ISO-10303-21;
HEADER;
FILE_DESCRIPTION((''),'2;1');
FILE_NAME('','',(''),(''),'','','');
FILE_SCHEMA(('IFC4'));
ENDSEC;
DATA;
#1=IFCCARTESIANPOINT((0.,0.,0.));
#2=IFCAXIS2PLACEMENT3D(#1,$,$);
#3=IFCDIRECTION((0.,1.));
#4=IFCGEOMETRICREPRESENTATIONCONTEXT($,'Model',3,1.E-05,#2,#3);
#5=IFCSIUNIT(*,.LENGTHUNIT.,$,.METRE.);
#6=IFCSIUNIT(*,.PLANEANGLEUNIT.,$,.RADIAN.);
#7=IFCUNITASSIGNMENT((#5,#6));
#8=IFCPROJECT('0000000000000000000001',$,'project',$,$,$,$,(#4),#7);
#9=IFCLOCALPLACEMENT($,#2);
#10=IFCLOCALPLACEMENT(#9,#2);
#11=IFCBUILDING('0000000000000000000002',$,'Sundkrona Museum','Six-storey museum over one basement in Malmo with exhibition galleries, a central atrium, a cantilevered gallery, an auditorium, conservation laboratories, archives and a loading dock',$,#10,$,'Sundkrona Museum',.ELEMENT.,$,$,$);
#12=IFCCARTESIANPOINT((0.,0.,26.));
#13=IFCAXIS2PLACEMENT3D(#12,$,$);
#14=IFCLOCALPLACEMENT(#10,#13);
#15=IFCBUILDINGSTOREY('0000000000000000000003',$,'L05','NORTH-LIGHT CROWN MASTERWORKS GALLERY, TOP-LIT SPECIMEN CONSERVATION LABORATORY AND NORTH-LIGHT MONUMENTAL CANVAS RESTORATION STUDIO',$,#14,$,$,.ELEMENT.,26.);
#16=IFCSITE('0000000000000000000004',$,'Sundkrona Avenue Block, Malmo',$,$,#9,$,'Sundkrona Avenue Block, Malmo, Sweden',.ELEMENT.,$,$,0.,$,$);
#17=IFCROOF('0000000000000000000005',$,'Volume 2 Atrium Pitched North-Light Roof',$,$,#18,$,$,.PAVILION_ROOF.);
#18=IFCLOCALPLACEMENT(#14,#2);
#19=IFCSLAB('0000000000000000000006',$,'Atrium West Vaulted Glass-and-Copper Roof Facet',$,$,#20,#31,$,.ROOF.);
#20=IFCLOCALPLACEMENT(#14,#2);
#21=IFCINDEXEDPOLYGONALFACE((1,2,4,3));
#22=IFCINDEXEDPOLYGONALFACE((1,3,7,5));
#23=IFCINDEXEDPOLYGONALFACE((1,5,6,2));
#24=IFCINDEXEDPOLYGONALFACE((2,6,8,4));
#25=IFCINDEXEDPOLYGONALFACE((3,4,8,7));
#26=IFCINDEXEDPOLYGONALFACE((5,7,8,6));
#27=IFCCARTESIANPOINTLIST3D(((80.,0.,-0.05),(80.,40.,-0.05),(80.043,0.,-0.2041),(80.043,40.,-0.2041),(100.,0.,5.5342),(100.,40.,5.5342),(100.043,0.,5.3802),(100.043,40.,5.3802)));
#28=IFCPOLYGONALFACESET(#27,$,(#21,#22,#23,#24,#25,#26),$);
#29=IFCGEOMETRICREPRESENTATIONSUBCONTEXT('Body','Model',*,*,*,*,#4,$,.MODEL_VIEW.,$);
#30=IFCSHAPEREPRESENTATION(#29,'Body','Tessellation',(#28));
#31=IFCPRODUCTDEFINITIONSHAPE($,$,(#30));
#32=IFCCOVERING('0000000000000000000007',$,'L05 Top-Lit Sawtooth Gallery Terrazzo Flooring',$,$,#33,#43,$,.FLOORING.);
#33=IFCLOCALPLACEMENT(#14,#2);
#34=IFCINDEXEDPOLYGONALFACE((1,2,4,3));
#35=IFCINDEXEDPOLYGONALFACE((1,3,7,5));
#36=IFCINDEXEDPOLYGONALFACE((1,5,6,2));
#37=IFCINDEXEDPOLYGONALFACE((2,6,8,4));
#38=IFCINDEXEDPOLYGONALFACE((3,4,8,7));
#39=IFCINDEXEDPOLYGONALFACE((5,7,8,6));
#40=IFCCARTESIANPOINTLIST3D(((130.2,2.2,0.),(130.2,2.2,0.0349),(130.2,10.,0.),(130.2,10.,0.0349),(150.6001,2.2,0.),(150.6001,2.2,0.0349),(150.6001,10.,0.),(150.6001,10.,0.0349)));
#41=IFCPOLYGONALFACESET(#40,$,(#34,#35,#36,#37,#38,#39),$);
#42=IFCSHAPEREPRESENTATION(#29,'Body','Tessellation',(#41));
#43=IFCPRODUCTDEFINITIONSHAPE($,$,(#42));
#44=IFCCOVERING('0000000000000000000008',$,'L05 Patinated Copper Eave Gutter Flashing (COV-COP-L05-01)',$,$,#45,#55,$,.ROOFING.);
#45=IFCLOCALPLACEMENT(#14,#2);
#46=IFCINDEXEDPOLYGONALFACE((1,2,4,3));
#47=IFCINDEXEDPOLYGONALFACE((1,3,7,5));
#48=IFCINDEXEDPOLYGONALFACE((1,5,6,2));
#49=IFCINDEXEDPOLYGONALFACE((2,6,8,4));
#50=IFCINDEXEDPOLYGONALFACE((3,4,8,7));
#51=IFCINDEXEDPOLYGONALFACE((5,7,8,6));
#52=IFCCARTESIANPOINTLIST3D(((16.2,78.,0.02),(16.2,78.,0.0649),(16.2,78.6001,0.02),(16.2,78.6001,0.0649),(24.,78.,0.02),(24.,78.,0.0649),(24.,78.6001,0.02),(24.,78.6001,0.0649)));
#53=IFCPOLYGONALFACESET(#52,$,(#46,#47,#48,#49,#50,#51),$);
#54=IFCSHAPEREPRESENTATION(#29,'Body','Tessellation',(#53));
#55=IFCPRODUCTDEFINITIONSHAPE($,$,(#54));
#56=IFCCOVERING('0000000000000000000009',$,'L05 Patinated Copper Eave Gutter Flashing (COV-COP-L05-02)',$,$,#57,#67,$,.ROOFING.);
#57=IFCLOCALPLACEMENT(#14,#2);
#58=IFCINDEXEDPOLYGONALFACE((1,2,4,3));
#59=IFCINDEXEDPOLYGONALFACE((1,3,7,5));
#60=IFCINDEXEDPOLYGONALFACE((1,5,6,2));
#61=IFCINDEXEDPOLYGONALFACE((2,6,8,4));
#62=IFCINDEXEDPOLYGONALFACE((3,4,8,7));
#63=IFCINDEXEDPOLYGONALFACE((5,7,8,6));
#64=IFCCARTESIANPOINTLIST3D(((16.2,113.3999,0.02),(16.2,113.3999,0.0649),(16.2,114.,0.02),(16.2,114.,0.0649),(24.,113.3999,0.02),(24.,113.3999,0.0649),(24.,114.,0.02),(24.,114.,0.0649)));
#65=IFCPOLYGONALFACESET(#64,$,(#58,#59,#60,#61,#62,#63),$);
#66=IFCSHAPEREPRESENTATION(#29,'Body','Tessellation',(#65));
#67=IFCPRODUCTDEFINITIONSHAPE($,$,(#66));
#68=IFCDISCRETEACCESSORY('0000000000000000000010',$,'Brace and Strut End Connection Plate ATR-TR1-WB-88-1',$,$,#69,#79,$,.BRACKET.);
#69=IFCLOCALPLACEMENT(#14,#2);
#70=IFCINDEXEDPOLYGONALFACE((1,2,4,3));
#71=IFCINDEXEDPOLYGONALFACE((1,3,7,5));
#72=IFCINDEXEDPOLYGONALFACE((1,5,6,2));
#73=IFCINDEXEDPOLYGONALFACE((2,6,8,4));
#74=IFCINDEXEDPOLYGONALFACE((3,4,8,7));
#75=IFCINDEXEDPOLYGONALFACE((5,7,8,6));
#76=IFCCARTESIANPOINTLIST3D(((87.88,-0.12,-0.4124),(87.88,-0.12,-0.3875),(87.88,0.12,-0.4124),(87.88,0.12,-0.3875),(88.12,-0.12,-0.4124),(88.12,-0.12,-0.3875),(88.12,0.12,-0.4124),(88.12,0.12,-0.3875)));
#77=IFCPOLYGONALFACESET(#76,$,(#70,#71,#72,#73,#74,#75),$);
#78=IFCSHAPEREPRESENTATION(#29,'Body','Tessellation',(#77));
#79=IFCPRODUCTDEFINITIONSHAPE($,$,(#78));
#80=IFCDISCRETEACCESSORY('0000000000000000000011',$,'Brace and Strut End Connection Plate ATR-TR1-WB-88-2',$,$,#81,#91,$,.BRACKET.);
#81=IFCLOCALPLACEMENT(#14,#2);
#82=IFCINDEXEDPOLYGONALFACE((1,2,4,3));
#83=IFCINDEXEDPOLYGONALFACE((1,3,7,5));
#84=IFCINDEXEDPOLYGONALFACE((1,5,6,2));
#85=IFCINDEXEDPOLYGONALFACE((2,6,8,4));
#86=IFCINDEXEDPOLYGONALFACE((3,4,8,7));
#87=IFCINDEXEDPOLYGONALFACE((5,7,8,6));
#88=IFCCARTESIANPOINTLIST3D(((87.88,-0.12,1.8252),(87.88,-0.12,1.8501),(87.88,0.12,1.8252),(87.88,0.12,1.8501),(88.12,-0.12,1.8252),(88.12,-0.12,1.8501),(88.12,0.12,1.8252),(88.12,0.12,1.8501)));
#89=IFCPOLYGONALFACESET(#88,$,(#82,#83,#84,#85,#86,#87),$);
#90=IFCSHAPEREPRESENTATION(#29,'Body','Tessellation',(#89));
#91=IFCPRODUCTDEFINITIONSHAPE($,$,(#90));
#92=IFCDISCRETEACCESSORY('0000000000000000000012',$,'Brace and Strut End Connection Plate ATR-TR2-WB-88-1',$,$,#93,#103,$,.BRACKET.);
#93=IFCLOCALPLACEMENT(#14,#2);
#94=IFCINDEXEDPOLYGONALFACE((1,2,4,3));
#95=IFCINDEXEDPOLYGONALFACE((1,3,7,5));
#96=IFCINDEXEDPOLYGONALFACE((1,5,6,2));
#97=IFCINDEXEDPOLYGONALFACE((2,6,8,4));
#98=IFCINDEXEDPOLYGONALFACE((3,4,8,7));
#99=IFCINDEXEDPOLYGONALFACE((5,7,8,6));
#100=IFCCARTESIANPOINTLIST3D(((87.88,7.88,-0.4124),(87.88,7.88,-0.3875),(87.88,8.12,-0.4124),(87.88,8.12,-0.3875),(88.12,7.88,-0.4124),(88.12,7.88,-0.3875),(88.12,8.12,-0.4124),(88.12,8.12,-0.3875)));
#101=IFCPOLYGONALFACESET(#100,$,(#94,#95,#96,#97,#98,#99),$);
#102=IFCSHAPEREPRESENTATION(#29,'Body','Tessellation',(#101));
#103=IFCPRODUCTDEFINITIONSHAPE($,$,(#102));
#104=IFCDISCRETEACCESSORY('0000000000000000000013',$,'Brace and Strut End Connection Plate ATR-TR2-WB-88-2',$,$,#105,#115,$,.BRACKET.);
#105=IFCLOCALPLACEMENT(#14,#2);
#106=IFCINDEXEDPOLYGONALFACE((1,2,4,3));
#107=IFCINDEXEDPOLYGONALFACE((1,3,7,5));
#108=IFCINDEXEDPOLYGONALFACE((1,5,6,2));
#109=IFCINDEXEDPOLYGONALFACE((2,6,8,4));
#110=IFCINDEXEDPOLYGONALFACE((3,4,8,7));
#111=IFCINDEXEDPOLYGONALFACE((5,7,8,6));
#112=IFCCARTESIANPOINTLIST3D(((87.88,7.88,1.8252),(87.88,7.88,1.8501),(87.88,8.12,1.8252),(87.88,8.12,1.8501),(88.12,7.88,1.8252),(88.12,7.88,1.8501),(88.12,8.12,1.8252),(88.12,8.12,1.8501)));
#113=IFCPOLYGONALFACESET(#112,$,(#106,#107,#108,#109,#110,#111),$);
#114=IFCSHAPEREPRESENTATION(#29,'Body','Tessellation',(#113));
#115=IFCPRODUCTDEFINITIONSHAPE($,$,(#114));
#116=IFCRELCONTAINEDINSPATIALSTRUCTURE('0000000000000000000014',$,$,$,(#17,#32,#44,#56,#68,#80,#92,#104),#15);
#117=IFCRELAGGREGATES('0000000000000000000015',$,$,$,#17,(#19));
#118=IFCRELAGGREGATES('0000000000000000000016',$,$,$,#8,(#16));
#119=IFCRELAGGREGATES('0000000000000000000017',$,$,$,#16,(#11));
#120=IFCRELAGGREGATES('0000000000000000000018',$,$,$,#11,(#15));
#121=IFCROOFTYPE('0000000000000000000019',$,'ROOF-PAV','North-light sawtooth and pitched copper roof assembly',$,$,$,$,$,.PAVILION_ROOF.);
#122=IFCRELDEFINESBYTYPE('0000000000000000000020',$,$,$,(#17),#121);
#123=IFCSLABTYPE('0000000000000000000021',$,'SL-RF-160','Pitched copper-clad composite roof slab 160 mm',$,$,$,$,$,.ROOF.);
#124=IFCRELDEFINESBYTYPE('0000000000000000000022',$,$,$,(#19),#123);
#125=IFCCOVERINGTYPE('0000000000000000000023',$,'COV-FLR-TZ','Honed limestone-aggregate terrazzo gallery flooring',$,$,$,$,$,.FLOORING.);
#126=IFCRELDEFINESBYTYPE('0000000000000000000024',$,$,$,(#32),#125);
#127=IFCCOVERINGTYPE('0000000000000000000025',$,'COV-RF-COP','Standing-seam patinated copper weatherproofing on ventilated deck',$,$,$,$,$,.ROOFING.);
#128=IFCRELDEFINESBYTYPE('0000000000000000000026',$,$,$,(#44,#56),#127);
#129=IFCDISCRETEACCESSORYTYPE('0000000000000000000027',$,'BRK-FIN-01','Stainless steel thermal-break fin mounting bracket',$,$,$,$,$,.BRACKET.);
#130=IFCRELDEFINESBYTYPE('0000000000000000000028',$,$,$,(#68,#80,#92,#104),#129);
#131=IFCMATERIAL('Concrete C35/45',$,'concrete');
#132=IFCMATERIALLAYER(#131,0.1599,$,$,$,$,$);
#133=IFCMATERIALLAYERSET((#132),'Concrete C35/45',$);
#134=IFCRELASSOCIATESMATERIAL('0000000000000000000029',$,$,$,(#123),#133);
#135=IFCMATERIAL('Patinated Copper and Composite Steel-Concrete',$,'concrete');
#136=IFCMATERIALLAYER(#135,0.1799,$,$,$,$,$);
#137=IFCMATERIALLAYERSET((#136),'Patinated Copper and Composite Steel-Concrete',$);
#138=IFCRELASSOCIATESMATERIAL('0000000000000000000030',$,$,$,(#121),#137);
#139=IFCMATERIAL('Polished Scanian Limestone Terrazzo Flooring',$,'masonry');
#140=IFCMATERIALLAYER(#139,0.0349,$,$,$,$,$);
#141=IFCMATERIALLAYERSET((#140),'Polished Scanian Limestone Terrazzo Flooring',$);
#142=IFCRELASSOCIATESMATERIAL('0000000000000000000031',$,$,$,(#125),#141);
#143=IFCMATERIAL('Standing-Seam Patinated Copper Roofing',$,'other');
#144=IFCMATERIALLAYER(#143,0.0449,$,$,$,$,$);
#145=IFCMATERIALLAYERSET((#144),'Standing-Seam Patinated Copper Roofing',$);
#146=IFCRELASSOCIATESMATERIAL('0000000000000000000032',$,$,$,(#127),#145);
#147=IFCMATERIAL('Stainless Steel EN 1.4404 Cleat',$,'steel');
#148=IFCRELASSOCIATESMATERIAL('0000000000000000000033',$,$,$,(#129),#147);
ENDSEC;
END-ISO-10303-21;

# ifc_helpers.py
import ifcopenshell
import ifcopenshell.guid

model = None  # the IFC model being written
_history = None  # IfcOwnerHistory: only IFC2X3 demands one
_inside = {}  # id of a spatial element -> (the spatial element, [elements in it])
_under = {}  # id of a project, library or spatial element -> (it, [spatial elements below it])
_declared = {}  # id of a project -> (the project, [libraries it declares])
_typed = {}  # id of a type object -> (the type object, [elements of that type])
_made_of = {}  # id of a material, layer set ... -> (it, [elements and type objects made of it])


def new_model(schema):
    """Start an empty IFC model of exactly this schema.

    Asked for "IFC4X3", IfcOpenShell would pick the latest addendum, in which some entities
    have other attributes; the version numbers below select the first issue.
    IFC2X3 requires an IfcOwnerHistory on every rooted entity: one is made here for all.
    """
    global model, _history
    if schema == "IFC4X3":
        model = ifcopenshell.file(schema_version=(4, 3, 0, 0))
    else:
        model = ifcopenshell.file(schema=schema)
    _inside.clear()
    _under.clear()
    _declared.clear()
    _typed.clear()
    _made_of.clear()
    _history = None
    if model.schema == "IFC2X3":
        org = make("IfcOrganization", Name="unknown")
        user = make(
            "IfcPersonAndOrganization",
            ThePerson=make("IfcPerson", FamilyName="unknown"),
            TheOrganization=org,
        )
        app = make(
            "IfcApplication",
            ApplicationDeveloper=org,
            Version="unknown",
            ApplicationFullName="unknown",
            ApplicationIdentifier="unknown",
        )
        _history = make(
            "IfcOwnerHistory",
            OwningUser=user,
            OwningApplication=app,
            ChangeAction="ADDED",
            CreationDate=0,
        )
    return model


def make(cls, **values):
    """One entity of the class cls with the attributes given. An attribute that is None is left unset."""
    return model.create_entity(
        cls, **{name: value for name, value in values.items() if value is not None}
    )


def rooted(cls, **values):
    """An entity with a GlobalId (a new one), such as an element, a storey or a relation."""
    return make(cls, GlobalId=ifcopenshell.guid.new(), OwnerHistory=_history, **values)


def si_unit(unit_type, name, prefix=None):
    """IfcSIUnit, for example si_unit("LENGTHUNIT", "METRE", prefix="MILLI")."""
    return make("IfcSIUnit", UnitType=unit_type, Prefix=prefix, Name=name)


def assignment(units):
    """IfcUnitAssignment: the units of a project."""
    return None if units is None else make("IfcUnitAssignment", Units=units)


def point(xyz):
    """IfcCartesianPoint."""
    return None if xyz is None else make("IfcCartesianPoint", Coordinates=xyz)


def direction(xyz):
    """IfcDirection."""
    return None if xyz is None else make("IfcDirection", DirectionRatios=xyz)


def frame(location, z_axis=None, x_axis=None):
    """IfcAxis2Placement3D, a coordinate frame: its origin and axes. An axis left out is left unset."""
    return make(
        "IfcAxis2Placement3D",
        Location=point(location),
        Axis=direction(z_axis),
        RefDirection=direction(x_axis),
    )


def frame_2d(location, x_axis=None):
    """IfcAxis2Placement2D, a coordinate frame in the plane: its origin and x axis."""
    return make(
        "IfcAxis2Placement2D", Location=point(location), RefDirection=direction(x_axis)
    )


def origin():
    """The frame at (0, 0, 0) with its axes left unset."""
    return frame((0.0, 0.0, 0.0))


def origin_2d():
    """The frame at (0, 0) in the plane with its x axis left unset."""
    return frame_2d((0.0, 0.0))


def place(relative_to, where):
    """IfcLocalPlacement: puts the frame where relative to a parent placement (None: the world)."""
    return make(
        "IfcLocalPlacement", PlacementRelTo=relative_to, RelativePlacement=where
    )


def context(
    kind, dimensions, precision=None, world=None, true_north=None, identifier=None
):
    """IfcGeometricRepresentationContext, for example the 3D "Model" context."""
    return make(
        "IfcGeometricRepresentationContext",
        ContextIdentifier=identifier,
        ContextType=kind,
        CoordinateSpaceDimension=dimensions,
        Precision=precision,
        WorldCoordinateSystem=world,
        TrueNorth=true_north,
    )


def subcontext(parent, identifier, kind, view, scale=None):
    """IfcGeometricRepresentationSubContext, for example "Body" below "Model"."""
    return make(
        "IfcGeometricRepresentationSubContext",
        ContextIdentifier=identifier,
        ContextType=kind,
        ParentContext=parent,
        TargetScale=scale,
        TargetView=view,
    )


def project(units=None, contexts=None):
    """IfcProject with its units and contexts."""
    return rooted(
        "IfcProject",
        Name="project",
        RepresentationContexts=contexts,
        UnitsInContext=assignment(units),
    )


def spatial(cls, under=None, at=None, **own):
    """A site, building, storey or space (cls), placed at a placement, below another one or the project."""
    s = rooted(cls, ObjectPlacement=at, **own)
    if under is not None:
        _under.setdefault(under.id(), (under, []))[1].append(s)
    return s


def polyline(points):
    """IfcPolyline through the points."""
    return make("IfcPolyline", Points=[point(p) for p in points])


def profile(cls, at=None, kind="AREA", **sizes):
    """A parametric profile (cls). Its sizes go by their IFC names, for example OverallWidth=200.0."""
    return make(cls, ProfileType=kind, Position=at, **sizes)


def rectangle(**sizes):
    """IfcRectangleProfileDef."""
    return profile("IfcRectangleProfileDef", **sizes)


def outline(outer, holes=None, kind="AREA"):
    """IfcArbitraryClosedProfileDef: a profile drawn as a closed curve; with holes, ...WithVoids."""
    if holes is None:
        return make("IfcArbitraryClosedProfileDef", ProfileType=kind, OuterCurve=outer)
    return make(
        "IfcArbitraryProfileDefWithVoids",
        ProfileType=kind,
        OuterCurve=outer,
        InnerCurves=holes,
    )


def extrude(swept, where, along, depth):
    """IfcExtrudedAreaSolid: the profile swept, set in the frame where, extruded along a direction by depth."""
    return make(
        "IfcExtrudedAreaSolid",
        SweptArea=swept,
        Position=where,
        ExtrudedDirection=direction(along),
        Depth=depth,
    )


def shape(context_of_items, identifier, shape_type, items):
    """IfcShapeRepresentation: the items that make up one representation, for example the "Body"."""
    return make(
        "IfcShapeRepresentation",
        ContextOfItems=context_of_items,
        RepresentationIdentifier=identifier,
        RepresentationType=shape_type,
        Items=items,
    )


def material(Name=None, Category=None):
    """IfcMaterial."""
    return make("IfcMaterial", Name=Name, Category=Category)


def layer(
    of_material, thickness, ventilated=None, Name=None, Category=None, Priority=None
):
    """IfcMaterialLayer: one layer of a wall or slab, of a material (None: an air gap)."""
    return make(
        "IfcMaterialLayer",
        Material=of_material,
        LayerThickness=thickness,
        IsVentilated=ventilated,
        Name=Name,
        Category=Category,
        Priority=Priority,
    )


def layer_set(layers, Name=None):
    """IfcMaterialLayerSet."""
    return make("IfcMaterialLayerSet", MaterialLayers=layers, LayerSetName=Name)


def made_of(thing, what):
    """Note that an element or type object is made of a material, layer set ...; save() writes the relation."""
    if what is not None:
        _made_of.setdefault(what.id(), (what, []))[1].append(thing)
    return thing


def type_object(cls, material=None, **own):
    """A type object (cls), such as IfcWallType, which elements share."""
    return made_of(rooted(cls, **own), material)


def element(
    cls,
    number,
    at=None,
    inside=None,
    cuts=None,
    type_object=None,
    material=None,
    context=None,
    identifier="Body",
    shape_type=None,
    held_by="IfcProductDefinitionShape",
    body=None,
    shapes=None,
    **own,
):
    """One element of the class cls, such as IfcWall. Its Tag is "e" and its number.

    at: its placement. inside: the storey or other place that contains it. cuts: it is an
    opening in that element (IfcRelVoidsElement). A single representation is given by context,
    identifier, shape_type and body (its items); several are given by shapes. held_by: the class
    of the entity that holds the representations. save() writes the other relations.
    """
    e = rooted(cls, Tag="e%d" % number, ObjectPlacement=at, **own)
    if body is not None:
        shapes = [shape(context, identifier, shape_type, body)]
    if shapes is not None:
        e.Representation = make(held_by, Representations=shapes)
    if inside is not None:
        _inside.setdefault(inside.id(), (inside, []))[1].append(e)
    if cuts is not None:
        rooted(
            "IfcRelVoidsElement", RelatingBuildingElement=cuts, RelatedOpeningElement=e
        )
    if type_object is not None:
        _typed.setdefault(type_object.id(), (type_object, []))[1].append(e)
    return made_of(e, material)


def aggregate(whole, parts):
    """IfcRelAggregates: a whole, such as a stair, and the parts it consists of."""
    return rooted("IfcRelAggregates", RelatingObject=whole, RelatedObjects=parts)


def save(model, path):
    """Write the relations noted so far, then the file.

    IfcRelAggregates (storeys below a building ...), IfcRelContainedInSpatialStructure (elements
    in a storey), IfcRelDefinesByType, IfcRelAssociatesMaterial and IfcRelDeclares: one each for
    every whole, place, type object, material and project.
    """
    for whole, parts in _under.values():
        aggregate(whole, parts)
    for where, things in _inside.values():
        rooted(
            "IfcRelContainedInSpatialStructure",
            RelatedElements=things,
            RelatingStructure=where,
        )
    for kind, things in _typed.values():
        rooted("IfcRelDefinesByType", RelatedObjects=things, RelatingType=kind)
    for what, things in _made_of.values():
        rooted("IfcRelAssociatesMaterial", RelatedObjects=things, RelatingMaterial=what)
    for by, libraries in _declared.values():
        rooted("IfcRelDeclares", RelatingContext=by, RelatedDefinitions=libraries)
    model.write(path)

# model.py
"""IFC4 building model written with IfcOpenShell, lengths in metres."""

from ifc_helpers import new_model, si_unit, direction, frame, origin, origin_2d, place, context, subcontext, project, spatial, polyline, rectangle, outline, extrude, material, layer, layer_set, type_object, element, aggregate, save


model = new_model("IFC4")

# Units and contexts
model_context = context("Model", 3, precision=1e-05, world=origin(), true_north=direction((0.0, 1.0)))
body_context = subcontext(model_context, "Body", "Model", "MODEL_VIEW")
ifc_project = project(units=[si_unit("LENGTHUNIT", "METRE"), si_unit("PLANEANGLEUNIT", "RADIAN")], contexts=[model_context])

# Site, building, storey
site_placement = place(None, origin())
site = spatial("IfcSite", under=ifc_project, at=site_placement, Name="Sundkrona Avenue Block, Malmo", LongName="Sundkrona Avenue Block, Malmo, Sweden", CompositionType="ELEMENT", RefElevation=0.0)
building_placement = place(site_placement, origin())
building = spatial("IfcBuilding", under=site, at=building_placement, Name="Sundkrona Museum", Description="Six-storey museum over one basement in Malmo with exhibition galleries, a central atrium, a cantilevered gallery, an auditorium, conservation laboratories, archives and a loading dock", LongName="Sundkrona Museum", CompositionType="ELEMENT")
storey_placement = place(building_placement, frame((0.0, 0.0, 26.0)))
storey = spatial("IfcBuildingStorey", under=building, at=storey_placement, Name="L05", Description="NORTH-LIGHT CROWN MASTERWORKS GALLERY, TOP-LIT SPECIMEN CONSERVATION LABORATORY AND NORTH-LIGHT MONUMENTAL CANVAS RESTORATION STUDIO", CompositionType="ELEMENT", Elevation=26.0)

# Shared definitions
ifc_material_1 = material(Name="Concrete C35/45", Category="concrete")
ifc_layer_1 = layer(ifc_material_1, 0.1599)
ifc_layer_set_1 = layer_set([ifc_layer_1], Name="Concrete C35/45")
slab_type_1 = type_object("IfcSlabType", Name="SL-RF-160", Description="Pitched copper-clad composite roof slab 160 mm", PredefinedType="ROOF", material=ifc_layer_set_1)

# Roof, slab
ifc_material_2 = material(Name="Patinated Copper and Composite Steel-Concrete", Category="concrete")
ifc_layer_2 = layer(ifc_material_2, 0.1799)
ifc_layer_set_2 = layer_set([ifc_layer_2], Name="Patinated Copper and Composite Steel-Concrete")
roof_type = type_object("IfcRoofType", Name="ROOF-PAV", Description="North-light sawtooth and pitched copper roof assembly", PredefinedType="PAVILION_ROOF", material=ifc_layer_set_2)
roof_placement = place(storey_placement, origin())
roof = element("IfcRoof", 1, at=roof_placement, inside=storey, type_object=roof_type, Name="Volume 2 Atrium Pitched North-Light Roof", PredefinedType="PAVILION_ROOF")
slab_1_placement = place(storey_placement, frame((80.0, 0.0, -0.05), z_axis=(-0.268926, 0.0, 0.963161), x_axis=(0.963161, 0.0, 0.268926)))
slab_1 = element("IfcSlab", 2, at=slab_1_placement, type_object=slab_type_1, Name="Atrium West Vaulted Glass-and-Copper Roof Facet", PredefinedType="ROOF", context=body_context, shape_type="SweptSolid", body=[
    extrude(outline(polyline([(0.0, 0.0), (20.765, 0.0), (20.765, 40.0), (0.0, 40.0), (0.0, 0.0)])), origin(), (0.0, 0.0, -1.0), 0.1599),
])
aggregate(roof, [slab_1])

# Coverings
ifc_material_3 = material(Name="Polished Scanian Limestone Terrazzo Flooring", Category="masonry")
ifc_layer_3 = layer(ifc_material_3, 0.0349)
ifc_layer_set_3 = layer_set([ifc_layer_3], Name="Polished Scanian Limestone Terrazzo Flooring")
covering_type_1 = type_object("IfcCoveringType", Name="COV-FLR-TZ", Description="Honed limestone-aggregate terrazzo gallery flooring", PredefinedType="FLOORING", material=ifc_layer_set_3)
covering_1_placement = place(storey_placement, origin())
element("IfcCovering", 3, at=covering_1_placement, inside=storey, type_object=covering_type_1, Name="L05 Top-Lit Sawtooth Gallery Terrazzo Flooring", PredefinedType="FLOORING", context=body_context, shape_type="SweptSolid", body=[
    extrude(outline(polyline([(130.2, 2.2), (150.6001, 2.2), (150.6001, 10.0), (130.2, 10.0), (130.2, 2.2)])), origin(), (0.0, 0.0, 1.0), 0.0349),
])
ifc_material_4 = material(Name="Standing-Seam Patinated Copper Roofing", Category="other")
ifc_layer_4 = layer(ifc_material_4, 0.0449)
ifc_layer_set_4 = layer_set([ifc_layer_4], Name="Standing-Seam Patinated Copper Roofing")
covering_type_2 = type_object("IfcCoveringType", Name="COV-RF-COP", Description="Standing-seam patinated copper weatherproofing on ventilated deck", PredefinedType="ROOFING", material=ifc_layer_set_4)
covering_2_placement = place(storey_placement, frame((0.0, 0.0, 0.02)))
element("IfcCovering", 4, at=covering_2_placement, inside=storey, type_object=covering_type_2, Name="L05 Patinated Copper Eave Gutter Flashing (COV-COP-L05-01)", PredefinedType="ROOFING", context=body_context, shape_type="SweptSolid", body=[
    extrude(outline(polyline([(16.2, 78.0), (24.0, 78.0), (24.0, 78.6001), (16.2, 78.6001), (16.2, 78.0)])), origin(), (0.0, 0.0, 1.0), 0.0449),
])
covering_3_placement = place(storey_placement, frame((0.0, 0.0, 0.02)))
element("IfcCovering", 5, at=covering_3_placement, inside=storey, type_object=covering_type_2, Name="L05 Patinated Copper Eave Gutter Flashing (COV-COP-L05-02)", PredefinedType="ROOFING", context=body_context, shape_type="SweptSolid", body=[
    extrude(outline(polyline([(16.2, 113.3999), (24.0, 113.3999), (24.0, 114.0), (16.2, 114.0), (16.2, 113.3999)])), origin(), (0.0, 0.0, 1.0), 0.0449),
])

# Discrete accessories
ifc_material_5 = material(Name="Stainless Steel EN 1.4404 Cleat", Category="steel")
discrete_accessory_type = type_object("IfcDiscreteAccessoryType", Name="BRK-FIN-01", Description="Stainless steel thermal-break fin mounting bracket", PredefinedType="BRACKET", material=ifc_material_5)
for number, where, z_axis, x_axis, name in (
    (6, (88.0, 0.0, -0.4124), (0.0, 0.0, 1.0), (1.0, 0.0, 0.0), "Brace and Strut End Connection Plate ATR-TR1-WB-88-1"),
    (7, (88.0, 0.0, 1.8252), (0.0, 0.0, 1.0), (1.0, 0.0, 0.0), "Brace and Strut End Connection Plate ATR-TR1-WB-88-2"),
    (8, (88.0, 8.0, -0.4124), (0.0, 0.0, 1.0), (1.0, 0.0, 0.0), "Brace and Strut End Connection Plate ATR-TR2-WB-88-1"),
    (9, (88.0, 8.0, 1.8252), (0.0, 0.0, 1.0), (1.0, 0.0, 0.0), "Brace and Strut End Connection Plate ATR-TR2-WB-88-2"),
):
    element("IfcDiscreteAccessory", number, at=place(storey_placement, frame(where, z_axis=z_axis, x_axis=x_axis)), inside=storey, type_object=discrete_accessory_type, Name=name, PredefinedType="BRACKET", context=body_context, shape_type="SweptSolid", body=[
        extrude(rectangle(XDim=0.24, YDim=0.24, at=origin_2d()), origin(), (0.0, 0.0, 1.0), 0.0249),
    ])

save(model, "model.ifc")
